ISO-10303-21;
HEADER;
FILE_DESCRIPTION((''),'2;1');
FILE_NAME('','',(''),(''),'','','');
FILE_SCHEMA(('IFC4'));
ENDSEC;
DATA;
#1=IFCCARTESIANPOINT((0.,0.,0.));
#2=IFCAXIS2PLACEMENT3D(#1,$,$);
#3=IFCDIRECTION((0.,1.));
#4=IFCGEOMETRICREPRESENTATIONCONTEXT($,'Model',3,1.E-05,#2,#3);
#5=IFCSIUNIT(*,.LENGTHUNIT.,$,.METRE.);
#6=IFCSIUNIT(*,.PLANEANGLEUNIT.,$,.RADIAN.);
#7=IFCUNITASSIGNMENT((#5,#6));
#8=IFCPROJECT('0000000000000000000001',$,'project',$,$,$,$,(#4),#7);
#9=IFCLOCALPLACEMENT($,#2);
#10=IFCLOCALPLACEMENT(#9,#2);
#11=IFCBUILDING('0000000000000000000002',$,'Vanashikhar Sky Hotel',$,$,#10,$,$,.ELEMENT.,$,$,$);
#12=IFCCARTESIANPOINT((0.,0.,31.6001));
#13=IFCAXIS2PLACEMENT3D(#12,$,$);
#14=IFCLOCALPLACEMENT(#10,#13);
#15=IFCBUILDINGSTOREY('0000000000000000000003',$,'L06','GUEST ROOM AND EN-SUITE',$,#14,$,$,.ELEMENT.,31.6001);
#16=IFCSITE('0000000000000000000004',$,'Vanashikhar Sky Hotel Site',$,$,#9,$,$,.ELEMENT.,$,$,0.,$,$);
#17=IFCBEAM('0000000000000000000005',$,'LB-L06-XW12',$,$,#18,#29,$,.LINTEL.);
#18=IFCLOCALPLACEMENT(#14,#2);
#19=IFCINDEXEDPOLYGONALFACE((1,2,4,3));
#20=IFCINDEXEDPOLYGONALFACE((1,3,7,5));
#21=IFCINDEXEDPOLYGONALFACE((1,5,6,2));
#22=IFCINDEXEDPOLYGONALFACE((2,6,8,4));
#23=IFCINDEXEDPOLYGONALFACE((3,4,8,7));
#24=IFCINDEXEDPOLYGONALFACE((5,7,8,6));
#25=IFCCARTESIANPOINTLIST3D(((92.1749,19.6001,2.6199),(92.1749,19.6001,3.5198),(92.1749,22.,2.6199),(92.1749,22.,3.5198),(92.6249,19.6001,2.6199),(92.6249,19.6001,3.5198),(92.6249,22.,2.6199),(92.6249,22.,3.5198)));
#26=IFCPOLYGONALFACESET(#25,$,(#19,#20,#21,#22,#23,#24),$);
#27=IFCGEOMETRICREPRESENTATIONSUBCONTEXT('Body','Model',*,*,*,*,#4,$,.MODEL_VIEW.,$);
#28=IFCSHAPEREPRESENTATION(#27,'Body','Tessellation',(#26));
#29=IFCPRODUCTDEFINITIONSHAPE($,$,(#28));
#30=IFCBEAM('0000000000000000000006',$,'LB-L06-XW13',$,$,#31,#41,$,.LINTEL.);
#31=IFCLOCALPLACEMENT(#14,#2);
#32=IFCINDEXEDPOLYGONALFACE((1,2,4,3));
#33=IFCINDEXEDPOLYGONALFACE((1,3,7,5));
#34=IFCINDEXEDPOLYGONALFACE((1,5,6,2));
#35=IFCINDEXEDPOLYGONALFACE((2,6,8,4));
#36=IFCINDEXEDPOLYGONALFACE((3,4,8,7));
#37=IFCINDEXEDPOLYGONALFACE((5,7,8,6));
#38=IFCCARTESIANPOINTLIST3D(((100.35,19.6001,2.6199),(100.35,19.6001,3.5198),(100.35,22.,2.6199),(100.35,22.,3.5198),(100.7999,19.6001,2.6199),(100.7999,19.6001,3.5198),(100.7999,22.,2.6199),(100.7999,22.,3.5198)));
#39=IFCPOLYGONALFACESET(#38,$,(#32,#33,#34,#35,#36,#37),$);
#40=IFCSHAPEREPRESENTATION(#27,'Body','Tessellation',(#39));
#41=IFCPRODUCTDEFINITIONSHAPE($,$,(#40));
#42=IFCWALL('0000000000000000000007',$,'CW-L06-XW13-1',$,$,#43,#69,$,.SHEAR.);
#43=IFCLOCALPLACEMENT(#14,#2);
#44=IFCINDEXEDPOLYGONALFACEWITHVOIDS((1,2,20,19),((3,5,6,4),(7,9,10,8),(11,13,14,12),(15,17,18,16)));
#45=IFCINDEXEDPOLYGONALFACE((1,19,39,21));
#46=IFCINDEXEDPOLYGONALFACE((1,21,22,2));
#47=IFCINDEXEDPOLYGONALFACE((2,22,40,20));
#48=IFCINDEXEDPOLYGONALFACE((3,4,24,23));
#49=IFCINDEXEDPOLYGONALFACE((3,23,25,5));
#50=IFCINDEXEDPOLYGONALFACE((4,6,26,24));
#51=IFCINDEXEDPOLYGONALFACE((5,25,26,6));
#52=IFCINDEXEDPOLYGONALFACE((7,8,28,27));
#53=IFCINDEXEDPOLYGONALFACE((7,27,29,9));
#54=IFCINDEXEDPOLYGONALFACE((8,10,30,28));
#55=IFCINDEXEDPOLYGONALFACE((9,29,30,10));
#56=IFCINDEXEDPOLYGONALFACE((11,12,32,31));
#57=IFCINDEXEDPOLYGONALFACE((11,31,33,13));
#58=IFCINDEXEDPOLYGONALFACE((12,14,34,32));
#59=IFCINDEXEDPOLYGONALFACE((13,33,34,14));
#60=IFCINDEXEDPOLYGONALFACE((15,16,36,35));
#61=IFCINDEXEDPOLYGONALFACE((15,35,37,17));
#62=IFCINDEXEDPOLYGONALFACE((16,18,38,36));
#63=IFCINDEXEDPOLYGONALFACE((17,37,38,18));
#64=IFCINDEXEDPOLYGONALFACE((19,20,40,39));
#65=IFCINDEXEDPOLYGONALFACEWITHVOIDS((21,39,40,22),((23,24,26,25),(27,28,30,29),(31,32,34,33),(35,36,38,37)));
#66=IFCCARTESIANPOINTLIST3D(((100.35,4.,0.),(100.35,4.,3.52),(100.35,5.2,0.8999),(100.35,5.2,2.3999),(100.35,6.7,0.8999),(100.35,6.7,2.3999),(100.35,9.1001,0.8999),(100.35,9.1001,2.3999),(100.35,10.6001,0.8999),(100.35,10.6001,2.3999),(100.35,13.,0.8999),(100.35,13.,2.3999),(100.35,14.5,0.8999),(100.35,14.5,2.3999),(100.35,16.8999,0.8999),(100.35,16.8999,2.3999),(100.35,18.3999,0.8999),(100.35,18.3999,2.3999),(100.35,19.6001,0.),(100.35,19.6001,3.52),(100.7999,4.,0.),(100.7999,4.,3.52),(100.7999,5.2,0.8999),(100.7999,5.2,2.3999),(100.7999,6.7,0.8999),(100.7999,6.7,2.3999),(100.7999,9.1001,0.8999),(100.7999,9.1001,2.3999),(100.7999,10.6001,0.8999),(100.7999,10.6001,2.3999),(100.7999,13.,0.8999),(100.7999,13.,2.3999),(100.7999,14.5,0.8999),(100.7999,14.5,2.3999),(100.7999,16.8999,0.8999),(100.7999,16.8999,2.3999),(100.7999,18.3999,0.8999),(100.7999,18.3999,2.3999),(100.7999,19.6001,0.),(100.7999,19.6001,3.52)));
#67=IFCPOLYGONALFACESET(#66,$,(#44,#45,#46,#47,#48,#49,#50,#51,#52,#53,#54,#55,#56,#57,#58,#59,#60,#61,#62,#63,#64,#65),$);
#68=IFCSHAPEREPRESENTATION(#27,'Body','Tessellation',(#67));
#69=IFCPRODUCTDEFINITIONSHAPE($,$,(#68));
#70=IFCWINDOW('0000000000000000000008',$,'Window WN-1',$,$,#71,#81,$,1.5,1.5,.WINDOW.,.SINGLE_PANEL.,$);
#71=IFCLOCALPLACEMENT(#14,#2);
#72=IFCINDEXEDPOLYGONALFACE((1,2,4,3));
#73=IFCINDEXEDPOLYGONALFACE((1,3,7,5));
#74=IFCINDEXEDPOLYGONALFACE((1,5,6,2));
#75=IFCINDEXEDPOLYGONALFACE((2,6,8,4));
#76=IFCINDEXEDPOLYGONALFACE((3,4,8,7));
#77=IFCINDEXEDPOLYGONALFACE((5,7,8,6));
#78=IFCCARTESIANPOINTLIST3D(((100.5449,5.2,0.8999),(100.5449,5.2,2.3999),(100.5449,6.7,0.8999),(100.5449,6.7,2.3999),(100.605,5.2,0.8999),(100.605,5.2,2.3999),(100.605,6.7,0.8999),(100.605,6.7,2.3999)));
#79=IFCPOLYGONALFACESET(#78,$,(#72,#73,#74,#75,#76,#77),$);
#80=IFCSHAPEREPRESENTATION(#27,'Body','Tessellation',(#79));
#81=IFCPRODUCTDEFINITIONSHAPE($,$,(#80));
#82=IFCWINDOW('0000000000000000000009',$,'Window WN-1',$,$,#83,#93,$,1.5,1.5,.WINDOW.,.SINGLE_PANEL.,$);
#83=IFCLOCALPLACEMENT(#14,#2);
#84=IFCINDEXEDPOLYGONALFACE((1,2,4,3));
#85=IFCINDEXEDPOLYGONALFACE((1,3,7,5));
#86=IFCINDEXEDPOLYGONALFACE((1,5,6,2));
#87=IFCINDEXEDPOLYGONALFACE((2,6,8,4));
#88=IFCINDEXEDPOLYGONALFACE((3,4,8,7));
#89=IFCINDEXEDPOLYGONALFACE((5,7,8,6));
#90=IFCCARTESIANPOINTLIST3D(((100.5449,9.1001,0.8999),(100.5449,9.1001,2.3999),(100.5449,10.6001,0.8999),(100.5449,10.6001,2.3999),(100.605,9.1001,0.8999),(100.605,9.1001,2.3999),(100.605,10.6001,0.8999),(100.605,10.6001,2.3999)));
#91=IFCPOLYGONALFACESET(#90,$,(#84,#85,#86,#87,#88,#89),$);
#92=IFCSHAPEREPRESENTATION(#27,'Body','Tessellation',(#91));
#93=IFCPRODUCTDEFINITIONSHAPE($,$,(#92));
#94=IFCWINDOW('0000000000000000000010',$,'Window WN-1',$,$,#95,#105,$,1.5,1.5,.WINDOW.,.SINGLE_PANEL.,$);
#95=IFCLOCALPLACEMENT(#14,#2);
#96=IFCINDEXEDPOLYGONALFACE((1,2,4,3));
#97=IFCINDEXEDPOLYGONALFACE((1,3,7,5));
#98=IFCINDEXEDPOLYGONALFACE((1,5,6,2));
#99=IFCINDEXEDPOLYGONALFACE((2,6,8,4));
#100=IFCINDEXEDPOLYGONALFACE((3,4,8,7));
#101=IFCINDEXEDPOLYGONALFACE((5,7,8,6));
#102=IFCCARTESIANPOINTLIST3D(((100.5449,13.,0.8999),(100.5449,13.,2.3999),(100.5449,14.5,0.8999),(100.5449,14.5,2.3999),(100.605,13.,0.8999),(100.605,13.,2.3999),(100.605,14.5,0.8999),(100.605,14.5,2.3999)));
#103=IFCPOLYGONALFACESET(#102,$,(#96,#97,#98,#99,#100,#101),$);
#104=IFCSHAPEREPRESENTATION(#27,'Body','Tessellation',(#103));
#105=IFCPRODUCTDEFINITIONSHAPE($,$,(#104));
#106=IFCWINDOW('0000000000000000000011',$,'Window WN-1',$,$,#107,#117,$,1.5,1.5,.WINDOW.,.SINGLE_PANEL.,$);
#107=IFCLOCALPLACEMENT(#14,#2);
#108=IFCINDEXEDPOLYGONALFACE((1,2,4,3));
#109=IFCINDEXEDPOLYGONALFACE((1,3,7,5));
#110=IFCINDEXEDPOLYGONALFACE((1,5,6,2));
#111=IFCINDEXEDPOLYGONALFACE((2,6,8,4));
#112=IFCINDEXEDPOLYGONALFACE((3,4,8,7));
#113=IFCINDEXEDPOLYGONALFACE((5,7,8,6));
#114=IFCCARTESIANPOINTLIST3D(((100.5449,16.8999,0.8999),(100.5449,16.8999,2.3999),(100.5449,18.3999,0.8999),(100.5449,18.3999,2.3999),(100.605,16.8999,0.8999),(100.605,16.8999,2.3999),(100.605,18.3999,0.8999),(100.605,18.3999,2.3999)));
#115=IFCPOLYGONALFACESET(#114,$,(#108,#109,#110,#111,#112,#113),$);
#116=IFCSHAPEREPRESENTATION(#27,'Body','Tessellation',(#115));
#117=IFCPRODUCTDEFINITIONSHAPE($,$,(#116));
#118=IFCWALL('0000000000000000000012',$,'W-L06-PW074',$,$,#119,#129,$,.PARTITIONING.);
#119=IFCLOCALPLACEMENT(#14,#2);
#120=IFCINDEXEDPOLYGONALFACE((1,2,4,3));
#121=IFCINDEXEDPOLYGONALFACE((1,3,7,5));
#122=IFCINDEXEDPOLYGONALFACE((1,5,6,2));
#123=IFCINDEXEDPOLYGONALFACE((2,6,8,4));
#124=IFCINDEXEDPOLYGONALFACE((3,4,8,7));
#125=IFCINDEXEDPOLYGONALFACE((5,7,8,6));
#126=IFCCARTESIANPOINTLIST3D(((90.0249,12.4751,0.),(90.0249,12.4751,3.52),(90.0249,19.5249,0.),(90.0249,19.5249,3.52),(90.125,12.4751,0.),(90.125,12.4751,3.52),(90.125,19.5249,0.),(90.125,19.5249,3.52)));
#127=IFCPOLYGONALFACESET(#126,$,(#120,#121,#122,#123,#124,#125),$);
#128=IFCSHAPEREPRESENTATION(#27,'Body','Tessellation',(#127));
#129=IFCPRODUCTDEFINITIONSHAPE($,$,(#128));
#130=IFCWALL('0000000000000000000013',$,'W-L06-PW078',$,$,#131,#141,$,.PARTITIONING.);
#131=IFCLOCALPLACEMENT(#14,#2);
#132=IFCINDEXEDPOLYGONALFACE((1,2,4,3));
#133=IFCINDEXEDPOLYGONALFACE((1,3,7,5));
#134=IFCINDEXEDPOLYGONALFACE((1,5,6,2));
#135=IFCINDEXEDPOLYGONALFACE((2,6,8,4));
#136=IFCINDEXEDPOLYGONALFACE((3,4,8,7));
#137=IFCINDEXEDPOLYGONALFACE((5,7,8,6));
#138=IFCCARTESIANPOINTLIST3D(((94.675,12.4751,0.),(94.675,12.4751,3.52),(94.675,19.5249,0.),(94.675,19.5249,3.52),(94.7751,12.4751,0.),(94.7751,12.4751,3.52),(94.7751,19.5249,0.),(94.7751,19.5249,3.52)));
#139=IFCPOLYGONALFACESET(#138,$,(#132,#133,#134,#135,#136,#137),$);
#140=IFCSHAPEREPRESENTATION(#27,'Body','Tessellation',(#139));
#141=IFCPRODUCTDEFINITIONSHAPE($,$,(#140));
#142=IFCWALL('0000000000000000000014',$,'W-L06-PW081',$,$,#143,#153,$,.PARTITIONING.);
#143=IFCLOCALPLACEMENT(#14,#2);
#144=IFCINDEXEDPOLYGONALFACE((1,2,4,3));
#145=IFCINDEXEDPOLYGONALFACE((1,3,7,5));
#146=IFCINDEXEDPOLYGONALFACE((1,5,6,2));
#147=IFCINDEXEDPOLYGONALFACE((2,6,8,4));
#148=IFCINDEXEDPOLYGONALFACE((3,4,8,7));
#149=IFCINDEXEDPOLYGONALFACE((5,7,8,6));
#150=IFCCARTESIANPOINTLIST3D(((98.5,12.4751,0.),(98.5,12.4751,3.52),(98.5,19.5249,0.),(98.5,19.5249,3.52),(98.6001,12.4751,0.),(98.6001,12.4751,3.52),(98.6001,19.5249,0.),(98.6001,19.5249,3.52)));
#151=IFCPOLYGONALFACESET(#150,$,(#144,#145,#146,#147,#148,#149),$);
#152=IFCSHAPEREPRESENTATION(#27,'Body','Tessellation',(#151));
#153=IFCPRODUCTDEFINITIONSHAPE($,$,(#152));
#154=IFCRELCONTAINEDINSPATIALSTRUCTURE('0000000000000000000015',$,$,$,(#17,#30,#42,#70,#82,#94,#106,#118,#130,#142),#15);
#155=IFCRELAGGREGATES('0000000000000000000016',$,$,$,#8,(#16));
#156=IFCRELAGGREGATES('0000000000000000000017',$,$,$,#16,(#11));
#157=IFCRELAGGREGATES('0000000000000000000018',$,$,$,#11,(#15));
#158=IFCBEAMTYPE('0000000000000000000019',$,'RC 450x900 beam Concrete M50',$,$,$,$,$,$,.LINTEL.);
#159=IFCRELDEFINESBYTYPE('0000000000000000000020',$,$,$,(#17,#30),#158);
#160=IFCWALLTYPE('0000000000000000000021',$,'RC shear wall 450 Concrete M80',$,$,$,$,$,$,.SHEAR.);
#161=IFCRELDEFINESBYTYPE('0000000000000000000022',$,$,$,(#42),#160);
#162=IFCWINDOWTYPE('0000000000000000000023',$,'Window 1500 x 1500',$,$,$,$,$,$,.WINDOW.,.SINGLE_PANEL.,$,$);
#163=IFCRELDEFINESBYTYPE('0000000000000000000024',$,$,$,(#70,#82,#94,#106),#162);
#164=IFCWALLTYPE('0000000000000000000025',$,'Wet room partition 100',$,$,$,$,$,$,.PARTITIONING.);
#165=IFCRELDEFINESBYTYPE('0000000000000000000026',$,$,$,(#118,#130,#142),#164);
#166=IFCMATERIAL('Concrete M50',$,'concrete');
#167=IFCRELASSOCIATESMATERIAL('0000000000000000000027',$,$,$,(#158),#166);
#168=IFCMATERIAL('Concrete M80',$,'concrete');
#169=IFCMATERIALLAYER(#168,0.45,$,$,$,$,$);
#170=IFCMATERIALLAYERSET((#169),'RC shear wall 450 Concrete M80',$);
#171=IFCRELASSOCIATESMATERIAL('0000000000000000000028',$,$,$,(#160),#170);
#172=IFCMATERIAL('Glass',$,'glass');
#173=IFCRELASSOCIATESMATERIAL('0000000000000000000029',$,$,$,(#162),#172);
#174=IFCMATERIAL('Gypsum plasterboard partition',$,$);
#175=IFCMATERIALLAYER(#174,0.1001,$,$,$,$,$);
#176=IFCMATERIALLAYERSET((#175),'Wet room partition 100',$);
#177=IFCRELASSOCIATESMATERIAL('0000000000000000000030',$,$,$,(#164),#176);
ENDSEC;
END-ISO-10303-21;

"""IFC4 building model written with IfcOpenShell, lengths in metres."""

from ifc_helpers import new_model, si_unit, direction, frame, frame_2d, origin, origin_2d, place, context, subcontext, project, spatial, rectangle, extrude, source, transform, mapped, material, layer, layer_set, material_profile, profile_set, type_object, element, fill, save


model = new_model("IFC4")

# Units and contexts
model_context = context("Model", 3, precision=1e-05, world=origin(), true_north=direction((0.0, 1.0)))
body_context = subcontext(model_context, "Body", "Model", "MODEL_VIEW")
ifc_project = project(units=[si_unit("LENGTHUNIT", "METRE"), si_unit("PLANEANGLEUNIT", "RADIAN")], contexts=[model_context])

# Site, building, storey
site_placement = place(None, origin())
site = spatial("IfcSite", under=ifc_project, at=site_placement, Name="Vanashikhar Sky Hotel Site", CompositionType="ELEMENT", RefElevation=0.0)
building_placement = place(site_placement, origin())
building = spatial("IfcBuilding", under=site, at=building_placement, Name="Vanashikhar Sky Hotel", CompositionType="ELEMENT")
storey_placement = place(building_placement, frame((0.0, 0.0, 31.6001)))
storey = spatial("IfcBuildingStorey", under=building, at=storey_placement, Name="L06", Description="GUEST ROOM AND EN-SUITE", CompositionType="ELEMENT", Elevation=31.6001)

# Beams
ifc_material_1 = material(Name="Concrete M50", Category="concrete")
ifc_material_profile = material_profile(ifc_material_1, rectangle(XDim=0.45, YDim=0.8999, at=origin_2d()))
ifc_profile_set = profile_set([ifc_material_profile], Name="RC 450x900 beam Concrete M50")
beam_type = type_object("IfcBeamType", Name="RC 450x900 beam Concrete M50", PredefinedType="LINTEL", material=ifc_profile_set)
shared_shape_1 = source(origin(), body_context, "Body", "SweptSolid", [
    extrude(rectangle(XDim=0.45, YDim=0.8999, at=origin_2d()), origin(), (0.0, 0.0, 1.0), 2.3999),
])
for number, where, z_axis, x_axis, name in (
    (1, (92.3999, 19.6001, 3.0698), (0.0, 1.0, 0.0), (-1.0, 0.0, 0.0), "LB-L06-XW12"),
    (2, (100.575, 19.6001, 3.0698), (0.0, 1.0, 0.0), (-1.0, 0.0, 0.0), "LB-L06-XW13"),
):
    element("IfcBeam", number, at=place(storey_placement, frame(where, z_axis=z_axis, x_axis=x_axis)), inside=storey, type_object=beam_type, Name=name, PredefinedType="LINTEL", context=body_context, shape_type="MappedRepresentation", body=[
        mapped(shared_shape_1, transform((0.0, 0.0, 0.0), scale=1.0)),
    ])

# Wall, openings, windows
ifc_material_2 = material(Name="Concrete M80", Category="concrete")
ifc_layer_1 = layer(ifc_material_2, 0.45)
ifc_layer_set_1 = layer_set([ifc_layer_1], Name="RC shear wall 450 Concrete M80")
wall_type_1 = type_object("IfcWallType", Name="RC shear wall 450 Concrete M80", PredefinedType="SHEAR", material=ifc_layer_set_1)
shared_shape_2 = source(origin(), body_context, "Body", "SweptSolid", [
    extrude(rectangle(XDim=15.6001, YDim=0.45, at=frame_2d((7.8, 0.0))), origin(), (0.0, 0.0, 1.0), 3.52),
])
wall_1_placement = place(storey_placement, frame((100.575, 4.0, 0.0), z_axis=(0.0, 0.0, 1.0), x_axis=(0.0, 1.0, 0.0)))
wall_1 = element("IfcWall", 3, at=wall_1_placement, inside=storey, type_object=wall_type_1, Name="CW-L06-XW13-1", PredefinedType="SHEAR", context=body_context, shape_type="MappedRepresentation", body=[
    mapped(shared_shape_2, transform((0.0, 0.0, 0.0), scale=1.0)),
])
shared_shape_3 = source(origin(), body_context, "Body", "SweptSolid", [
    extrude(rectangle(XDim=1.5, YDim=1.5, at=frame_2d((0.75, 0.75))), frame((0.0, 0.2349, 0.0), z_axis=(0.0, -1.0, 0.0), x_axis=(1.0, 0.0, 0.0)), (0.0, 0.0, 1.0), 0.47),
])
opening_1_placement = place(wall_1_placement, frame((1.2, 0.0, 0.8999)))
opening_1 = element("IfcOpeningElement", 4, at=opening_1_placement, cuts=wall_1, PredefinedType="OPENING", context=body_context, shape_type="MappedRepresentation", body=[
    mapped(shared_shape_3, transform((0.0, 0.0, 0.0), scale=1.0)),
])
opening_2_placement = place(wall_1_placement, frame((5.1001, 0.0, 0.8999)))
opening_2 = element("IfcOpeningElement", 5, at=opening_2_placement, cuts=wall_1, PredefinedType="OPENING", context=body_context, shape_type="MappedRepresentation", body=[
    mapped(shared_shape_3, transform((0.0, 0.0, 0.0), scale=1.0)),
])
opening_3_placement = place(wall_1_placement, frame((9.0, 0.0, 0.8999)))
opening_3 = element("IfcOpeningElement", 6, at=opening_3_placement, cuts=wall_1, PredefinedType="OPENING", context=body_context, shape_type="MappedRepresentation", body=[
    mapped(shared_shape_3, transform((0.0, 0.0, 0.0), scale=1.0)),
])
opening_4_placement = place(wall_1_placement, frame((12.8999, 0.0, 0.8999)))
opening_4 = element("IfcOpeningElement", 7, at=opening_4_placement, cuts=wall_1, PredefinedType="OPENING", context=body_context, shape_type="MappedRepresentation", body=[
    mapped(shared_shape_3, transform((0.0, 0.0, 0.0), scale=1.0)),
])
ifc_material_3 = material(Name="Glass", Category="glass")
window_type = type_object("IfcWindowType", Name="Window 1500 x 1500", PartitioningType="SINGLE_PANEL", PredefinedType="WINDOW", material=ifc_material_3)
shared_shape_4 = source(origin(), body_context, "Body", "SweptSolid", [
    extrude(rectangle(XDim=1.5, YDim=1.5, at=frame_2d((0.75, 0.75))), frame((0.0, 0.03, 0.0), z_axis=(0.0, -1.0, 0.0), x_axis=(1.0, 0.0, 0.0)), (0.0, 0.0, 1.0), 0.0601),
])
window_1_placement = place(opening_1_placement, origin())
window_1 = element("IfcWindow", 8, at=window_1_placement, inside=storey, type_object=window_type, Name="Window WN-1", OverallHeight=1.5, OverallWidth=1.5, PartitioningType="SINGLE_PANEL", PredefinedType="WINDOW", context=body_context, shape_type="MappedRepresentation", body=[
    mapped(shared_shape_4, transform((0.0, 0.0, 0.0), scale=1.0)),
])
fill(opening_1, window_1)
window_2_placement = place(opening_2_placement, origin())
window_2 = element("IfcWindow", 9, at=window_2_placement, inside=storey, type_object=window_type, Name="Window WN-1", OverallHeight=1.5, OverallWidth=1.5, PartitioningType="SINGLE_PANEL", PredefinedType="WINDOW", context=body_context, shape_type="MappedRepresentation", body=[
    mapped(shared_shape_4, transform((0.0, 0.0, 0.0), scale=1.0)),
])
fill(opening_2, window_2)
window_3_placement = place(opening_3_placement, origin())
window_3 = element("IfcWindow", 10, at=window_3_placement, inside=storey, type_object=window_type, Name="Window WN-1", OverallHeight=1.5, OverallWidth=1.5, PartitioningType="SINGLE_PANEL", PredefinedType="WINDOW", context=body_context, shape_type="MappedRepresentation", body=[
    mapped(shared_shape_4, transform((0.0, 0.0, 0.0), scale=1.0)),
])
fill(opening_3, window_3)
window_4_placement = place(opening_4_placement, origin())
window_4 = element("IfcWindow", 11, at=window_4_placement, inside=storey, type_object=window_type, Name="Window WN-1", OverallHeight=1.5, OverallWidth=1.5, PartitioningType="SINGLE_PANEL", PredefinedType="WINDOW", context=body_context, shape_type="MappedRepresentation", body=[
    mapped(shared_shape_4, transform((0.0, 0.0, 0.0), scale=1.0)),
])
fill(opening_4, window_4)

# Walls
ifc_material_4 = material(Name="Gypsum plasterboard partition")
ifc_layer_2 = layer(ifc_material_4, 0.1001)
ifc_layer_set_2 = layer_set([ifc_layer_2], Name="Wet room partition 100")
wall_type_2 = type_object("IfcWallType", Name="Wet room partition 100", PredefinedType="PARTITIONING", material=ifc_layer_set_2)
shared_shape_5 = source(origin(), body_context, "Body", "SweptSolid", [
    extrude(rectangle(XDim=7.0498, YDim=0.1001, at=frame_2d((3.5249, 0.0))), origin(), (0.0, 0.0, 1.0), 3.52),
])
for number, where, z_axis, x_axis, name in (
    (12, (90.075, 12.4751, 0.0), (0.0, 0.0, 1.0), (0.0, 1.0, 0.0), "W-L06-PW074"),
    (13, (94.7251, 12.4751, 0.0), (0.0, 0.0, 1.0), (0.0, 1.0, 0.0), "W-L06-PW078"),
    (14, (98.55, 12.4751, 0.0), (0.0, 0.0, 1.0), (0.0, 1.0, 0.0), "W-L06-PW081"),
):
    element("IfcWall", number, at=place(storey_placement, frame(where, z_axis=z_axis, x_axis=x_axis)), inside=storey, type_object=wall_type_2, Name=name, PredefinedType="PARTITIONING", context=body_context, shape_type="MappedRepresentation", body=[
        mapped(shared_shape_5, transform((0.0, 0.0, 0.0), scale=1.0)),
    ])

save(model, "model.ifc")
